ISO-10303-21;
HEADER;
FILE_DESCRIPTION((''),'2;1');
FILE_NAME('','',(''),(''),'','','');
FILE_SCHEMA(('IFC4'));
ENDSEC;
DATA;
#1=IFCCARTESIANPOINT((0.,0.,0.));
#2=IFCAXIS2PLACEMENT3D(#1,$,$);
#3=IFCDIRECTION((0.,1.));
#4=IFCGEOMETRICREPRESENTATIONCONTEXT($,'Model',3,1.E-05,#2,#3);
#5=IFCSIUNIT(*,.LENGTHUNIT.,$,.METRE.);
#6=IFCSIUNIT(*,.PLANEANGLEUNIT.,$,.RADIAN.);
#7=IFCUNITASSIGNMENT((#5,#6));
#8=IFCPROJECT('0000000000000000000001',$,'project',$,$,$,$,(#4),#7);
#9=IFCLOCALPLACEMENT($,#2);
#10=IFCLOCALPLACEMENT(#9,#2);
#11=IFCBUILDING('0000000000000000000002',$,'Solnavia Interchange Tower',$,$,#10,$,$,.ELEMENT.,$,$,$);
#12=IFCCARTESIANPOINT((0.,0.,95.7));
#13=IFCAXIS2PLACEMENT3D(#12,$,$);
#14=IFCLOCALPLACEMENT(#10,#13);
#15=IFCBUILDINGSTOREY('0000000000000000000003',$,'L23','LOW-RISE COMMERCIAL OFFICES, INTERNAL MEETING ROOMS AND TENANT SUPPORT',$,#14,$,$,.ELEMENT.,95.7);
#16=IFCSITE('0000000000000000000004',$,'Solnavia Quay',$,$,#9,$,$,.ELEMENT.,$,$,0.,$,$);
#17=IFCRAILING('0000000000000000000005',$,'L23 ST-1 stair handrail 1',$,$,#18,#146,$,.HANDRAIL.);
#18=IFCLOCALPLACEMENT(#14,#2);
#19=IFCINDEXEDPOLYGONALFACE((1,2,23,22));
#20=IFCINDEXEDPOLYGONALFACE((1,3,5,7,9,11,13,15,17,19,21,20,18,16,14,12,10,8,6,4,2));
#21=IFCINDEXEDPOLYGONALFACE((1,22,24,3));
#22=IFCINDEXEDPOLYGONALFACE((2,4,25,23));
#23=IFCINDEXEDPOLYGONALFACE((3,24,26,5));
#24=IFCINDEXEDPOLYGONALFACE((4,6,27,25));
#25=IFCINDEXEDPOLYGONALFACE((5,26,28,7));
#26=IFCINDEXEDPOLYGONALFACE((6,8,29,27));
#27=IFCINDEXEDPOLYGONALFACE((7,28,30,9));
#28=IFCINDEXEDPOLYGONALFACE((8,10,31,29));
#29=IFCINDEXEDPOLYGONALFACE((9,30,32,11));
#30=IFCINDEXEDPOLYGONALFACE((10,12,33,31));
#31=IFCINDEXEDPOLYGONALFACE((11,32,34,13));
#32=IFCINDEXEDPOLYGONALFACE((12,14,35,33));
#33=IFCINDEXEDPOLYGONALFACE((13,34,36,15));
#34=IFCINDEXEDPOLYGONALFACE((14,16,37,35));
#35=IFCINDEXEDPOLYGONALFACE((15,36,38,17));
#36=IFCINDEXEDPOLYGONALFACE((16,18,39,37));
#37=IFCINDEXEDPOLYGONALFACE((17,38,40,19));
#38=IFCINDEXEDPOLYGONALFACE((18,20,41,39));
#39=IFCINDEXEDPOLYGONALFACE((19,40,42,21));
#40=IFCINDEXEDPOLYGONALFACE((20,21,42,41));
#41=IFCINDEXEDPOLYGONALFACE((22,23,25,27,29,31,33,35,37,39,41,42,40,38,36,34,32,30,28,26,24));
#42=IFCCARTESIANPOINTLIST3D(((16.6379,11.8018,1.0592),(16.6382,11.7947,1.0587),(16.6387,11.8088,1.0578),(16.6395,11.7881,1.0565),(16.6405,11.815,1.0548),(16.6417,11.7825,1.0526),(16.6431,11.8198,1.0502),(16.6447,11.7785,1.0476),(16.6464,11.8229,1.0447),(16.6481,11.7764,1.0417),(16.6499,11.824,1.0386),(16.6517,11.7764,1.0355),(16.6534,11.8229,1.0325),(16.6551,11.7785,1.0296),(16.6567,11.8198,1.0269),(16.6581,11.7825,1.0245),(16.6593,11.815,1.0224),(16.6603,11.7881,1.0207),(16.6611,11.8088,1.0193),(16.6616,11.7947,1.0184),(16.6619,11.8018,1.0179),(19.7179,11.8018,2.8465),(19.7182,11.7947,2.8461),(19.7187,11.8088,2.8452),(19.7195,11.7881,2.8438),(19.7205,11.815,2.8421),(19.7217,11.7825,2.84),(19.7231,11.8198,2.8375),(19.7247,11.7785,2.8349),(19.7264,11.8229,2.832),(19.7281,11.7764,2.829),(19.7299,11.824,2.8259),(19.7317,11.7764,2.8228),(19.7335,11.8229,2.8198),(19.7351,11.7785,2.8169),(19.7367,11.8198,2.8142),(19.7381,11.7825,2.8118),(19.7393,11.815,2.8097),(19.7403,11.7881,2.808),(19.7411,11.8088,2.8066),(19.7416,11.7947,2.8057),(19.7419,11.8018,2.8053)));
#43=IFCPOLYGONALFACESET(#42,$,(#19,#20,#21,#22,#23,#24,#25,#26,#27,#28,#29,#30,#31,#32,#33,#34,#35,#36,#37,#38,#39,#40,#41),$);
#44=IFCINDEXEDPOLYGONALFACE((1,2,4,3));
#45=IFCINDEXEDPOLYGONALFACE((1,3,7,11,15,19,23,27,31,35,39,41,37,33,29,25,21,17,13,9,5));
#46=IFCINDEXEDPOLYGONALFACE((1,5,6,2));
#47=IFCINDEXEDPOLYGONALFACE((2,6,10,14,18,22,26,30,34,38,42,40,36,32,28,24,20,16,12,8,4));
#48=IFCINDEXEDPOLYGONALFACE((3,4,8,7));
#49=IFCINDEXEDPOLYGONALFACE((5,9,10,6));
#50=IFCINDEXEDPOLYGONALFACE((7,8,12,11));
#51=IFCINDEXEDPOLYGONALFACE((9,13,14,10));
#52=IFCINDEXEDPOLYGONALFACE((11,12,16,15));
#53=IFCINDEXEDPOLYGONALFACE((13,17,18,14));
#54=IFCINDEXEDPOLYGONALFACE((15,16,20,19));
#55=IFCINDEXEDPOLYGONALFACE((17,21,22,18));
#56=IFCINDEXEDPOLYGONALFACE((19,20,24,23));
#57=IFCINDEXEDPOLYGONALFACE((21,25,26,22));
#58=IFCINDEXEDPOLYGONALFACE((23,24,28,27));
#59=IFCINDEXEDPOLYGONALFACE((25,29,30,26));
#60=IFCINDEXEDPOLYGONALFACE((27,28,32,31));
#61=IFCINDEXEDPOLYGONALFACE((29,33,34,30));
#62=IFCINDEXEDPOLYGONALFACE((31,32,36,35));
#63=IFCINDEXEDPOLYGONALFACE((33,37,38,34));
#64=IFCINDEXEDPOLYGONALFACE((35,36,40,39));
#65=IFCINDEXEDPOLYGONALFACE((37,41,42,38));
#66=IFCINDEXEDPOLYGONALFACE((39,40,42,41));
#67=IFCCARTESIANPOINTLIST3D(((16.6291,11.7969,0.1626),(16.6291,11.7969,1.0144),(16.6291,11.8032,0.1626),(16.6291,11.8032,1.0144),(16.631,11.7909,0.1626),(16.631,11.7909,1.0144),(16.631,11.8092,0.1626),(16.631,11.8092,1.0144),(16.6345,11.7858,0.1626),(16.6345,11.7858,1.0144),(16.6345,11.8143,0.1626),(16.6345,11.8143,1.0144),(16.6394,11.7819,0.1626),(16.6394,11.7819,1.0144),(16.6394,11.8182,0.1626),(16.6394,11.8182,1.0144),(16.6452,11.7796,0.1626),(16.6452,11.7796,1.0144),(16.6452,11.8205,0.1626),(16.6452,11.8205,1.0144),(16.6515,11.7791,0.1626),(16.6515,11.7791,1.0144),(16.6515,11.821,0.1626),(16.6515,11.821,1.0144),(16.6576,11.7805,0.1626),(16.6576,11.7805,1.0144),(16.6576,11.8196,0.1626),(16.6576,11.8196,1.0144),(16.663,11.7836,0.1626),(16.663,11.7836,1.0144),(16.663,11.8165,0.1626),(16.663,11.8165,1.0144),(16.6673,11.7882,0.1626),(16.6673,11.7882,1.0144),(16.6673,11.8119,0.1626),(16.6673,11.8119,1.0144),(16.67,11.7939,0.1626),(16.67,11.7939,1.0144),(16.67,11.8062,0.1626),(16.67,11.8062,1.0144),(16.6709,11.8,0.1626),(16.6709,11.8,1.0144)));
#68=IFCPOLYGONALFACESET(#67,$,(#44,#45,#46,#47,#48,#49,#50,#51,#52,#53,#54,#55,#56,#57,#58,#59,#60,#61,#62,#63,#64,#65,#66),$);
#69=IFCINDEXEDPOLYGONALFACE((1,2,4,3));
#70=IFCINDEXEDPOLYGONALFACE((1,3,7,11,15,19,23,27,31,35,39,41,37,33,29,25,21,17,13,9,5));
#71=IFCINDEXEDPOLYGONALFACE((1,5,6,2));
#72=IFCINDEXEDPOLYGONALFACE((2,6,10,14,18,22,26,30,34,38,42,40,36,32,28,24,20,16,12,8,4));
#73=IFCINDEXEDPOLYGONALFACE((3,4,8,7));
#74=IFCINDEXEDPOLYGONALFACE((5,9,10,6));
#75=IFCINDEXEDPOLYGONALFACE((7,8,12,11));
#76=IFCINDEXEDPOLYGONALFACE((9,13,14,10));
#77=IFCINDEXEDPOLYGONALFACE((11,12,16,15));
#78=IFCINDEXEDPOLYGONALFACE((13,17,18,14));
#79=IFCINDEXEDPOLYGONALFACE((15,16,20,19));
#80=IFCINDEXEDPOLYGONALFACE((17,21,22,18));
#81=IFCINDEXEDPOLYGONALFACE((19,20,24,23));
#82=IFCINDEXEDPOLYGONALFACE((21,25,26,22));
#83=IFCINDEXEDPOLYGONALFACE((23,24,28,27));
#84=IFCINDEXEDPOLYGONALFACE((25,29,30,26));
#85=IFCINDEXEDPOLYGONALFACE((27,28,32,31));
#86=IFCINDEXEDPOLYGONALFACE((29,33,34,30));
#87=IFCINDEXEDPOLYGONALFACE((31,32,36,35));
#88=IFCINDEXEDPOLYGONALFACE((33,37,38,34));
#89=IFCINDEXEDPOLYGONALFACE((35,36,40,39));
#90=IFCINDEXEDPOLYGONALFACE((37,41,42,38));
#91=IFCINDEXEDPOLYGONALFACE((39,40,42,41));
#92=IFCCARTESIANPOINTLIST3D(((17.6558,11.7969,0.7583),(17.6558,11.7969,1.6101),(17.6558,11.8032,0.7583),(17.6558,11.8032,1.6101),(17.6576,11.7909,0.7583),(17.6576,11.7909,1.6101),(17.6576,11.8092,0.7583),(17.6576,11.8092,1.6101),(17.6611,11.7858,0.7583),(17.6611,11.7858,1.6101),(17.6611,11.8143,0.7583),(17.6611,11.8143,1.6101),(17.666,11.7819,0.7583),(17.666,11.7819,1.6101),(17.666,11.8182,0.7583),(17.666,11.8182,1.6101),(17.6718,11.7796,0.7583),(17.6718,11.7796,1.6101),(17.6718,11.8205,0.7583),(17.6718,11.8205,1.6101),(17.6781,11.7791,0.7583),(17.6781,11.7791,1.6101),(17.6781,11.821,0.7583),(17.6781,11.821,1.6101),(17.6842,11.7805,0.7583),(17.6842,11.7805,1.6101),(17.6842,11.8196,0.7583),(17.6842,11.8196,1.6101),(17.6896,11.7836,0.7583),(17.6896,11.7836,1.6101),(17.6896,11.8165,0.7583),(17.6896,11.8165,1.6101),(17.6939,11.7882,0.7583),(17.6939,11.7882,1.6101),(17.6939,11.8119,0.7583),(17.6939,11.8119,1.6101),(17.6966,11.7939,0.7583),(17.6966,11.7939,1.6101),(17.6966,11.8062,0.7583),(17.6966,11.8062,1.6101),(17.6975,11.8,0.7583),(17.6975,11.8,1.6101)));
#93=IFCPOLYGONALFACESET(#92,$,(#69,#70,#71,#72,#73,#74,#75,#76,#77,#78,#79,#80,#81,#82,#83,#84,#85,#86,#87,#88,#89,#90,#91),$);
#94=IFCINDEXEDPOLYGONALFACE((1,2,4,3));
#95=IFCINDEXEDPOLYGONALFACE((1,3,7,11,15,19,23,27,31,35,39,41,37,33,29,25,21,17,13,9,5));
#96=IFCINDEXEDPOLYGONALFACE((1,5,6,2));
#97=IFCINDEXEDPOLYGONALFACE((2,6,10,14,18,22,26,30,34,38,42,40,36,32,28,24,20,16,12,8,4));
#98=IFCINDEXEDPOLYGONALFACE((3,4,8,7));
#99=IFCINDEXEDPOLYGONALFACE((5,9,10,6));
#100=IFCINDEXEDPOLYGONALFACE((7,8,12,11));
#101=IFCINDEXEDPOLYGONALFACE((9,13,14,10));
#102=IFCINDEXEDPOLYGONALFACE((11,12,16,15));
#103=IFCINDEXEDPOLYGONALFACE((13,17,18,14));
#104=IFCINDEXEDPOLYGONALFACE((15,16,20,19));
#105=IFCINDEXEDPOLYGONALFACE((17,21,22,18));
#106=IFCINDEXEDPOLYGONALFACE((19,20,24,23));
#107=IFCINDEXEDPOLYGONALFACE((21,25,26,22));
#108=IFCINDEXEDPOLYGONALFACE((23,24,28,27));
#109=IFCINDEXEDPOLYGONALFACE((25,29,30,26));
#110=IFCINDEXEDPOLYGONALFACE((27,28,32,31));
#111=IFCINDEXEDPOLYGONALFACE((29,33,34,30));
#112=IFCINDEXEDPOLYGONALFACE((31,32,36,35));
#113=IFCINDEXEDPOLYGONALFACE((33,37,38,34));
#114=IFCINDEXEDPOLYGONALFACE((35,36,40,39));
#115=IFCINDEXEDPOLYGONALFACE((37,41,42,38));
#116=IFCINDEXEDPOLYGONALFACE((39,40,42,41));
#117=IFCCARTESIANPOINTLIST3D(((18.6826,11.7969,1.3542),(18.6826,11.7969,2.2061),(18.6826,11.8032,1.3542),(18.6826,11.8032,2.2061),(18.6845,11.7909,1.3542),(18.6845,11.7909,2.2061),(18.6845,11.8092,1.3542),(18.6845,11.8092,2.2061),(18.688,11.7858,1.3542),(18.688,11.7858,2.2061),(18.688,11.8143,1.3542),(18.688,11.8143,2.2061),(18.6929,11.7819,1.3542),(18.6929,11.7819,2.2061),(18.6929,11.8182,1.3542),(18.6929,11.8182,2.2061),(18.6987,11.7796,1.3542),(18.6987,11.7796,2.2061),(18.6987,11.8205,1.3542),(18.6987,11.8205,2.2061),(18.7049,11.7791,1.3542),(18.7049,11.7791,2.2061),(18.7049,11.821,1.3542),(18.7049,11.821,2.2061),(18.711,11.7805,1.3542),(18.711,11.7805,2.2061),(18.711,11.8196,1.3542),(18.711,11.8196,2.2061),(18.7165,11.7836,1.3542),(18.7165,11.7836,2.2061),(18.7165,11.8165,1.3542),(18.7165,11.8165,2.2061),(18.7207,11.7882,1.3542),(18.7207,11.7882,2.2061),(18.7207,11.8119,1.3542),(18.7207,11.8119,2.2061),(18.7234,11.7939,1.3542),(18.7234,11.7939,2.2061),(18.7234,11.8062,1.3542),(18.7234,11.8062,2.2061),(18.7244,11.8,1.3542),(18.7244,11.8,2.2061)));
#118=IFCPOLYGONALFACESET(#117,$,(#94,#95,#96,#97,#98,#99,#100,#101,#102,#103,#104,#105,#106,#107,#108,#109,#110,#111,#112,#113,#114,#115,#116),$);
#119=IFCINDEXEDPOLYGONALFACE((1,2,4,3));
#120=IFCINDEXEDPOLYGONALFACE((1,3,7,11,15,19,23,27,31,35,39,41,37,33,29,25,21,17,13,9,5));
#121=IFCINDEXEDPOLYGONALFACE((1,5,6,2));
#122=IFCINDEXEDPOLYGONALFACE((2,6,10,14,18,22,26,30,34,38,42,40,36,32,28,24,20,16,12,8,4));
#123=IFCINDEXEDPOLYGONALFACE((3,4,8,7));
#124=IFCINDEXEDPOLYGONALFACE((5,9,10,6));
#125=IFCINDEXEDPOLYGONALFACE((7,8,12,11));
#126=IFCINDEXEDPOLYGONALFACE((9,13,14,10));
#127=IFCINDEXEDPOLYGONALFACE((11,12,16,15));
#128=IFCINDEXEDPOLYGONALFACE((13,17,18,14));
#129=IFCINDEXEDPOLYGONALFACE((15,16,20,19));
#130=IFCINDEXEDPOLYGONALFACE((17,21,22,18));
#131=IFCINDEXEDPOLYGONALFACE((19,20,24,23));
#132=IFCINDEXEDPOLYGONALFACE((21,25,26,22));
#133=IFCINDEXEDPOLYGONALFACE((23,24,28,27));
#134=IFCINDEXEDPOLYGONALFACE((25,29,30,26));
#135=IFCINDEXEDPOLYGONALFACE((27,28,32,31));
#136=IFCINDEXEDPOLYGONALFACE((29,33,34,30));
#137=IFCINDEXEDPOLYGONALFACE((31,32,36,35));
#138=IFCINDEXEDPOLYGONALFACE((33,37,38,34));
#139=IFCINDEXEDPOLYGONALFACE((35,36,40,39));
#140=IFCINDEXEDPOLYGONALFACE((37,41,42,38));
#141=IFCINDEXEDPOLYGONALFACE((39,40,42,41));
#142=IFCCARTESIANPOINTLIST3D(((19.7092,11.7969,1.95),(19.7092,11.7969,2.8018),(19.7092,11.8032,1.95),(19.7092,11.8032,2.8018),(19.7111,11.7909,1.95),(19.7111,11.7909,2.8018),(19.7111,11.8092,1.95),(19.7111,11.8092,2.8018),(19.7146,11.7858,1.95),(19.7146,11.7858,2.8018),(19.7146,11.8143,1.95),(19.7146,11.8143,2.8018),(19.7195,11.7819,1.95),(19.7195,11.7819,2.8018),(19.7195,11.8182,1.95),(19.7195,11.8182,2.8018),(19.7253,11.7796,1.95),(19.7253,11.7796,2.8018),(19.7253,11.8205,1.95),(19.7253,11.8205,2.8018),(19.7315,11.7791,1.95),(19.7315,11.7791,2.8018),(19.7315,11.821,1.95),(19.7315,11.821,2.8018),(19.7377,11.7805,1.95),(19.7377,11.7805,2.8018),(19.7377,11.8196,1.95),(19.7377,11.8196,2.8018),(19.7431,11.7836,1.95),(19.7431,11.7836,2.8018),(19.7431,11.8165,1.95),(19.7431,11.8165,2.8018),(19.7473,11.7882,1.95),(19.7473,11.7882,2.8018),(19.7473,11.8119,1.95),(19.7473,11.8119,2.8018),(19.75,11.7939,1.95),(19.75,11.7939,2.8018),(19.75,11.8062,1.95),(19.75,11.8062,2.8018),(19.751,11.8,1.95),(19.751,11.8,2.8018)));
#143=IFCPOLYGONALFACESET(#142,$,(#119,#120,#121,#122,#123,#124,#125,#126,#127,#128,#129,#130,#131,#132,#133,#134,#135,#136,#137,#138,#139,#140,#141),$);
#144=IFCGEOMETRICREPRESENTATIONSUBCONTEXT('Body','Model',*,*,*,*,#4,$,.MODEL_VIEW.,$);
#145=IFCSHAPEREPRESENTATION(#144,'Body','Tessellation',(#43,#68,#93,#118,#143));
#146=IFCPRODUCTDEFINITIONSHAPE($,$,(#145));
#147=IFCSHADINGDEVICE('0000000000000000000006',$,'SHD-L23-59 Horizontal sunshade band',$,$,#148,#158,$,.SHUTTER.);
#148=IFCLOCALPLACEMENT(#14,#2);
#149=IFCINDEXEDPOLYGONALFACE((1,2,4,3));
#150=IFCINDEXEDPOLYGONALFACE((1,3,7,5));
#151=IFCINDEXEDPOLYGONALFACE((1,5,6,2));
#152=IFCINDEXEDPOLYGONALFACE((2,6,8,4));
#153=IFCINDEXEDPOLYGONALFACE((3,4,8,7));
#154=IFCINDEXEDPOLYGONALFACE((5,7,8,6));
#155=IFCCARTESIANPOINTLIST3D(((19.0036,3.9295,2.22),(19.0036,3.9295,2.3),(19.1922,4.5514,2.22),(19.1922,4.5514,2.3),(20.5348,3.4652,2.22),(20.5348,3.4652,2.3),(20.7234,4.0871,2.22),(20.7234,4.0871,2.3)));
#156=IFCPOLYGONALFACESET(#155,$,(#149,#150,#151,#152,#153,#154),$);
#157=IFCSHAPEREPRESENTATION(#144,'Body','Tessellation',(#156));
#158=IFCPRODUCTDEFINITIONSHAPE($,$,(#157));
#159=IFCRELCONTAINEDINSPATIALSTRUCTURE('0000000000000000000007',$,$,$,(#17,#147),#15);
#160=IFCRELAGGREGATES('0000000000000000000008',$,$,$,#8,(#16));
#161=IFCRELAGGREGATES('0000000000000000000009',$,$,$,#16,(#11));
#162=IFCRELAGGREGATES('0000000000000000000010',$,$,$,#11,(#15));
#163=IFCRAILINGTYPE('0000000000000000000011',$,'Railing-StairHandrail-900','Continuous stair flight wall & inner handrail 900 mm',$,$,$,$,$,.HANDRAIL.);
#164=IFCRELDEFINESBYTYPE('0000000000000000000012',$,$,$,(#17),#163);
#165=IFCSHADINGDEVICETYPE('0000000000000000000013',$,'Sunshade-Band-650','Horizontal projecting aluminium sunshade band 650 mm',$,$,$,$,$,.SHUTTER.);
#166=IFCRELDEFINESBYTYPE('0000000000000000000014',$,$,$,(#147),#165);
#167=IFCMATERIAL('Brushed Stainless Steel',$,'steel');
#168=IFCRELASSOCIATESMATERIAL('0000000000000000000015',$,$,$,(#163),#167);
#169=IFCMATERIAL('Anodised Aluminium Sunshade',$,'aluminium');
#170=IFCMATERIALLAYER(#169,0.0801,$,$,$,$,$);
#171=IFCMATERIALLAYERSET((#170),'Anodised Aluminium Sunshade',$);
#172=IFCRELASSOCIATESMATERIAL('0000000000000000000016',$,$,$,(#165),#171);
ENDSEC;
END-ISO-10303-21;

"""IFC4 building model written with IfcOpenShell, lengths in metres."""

from ifc_helpers import new_model, si_unit, direction, frame, origin, origin_2d, place, context, subcontext, project, spatial, rectangle, circle, extrude, material, layer, layer_set, type_object, element, save


model = new_model("IFC4")

# Units and contexts
model_context = context("Model", 3, precision=1e-05, world=origin(), true_north=direction((0.0, 1.0)))
body_context = subcontext(model_context, "Body", "Model", "MODEL_VIEW")
ifc_project = project(units=[si_unit("LENGTHUNIT", "METRE"), si_unit("PLANEANGLEUNIT", "RADIAN")], contexts=[model_context])

# Site, building, storey
site_placement = place(None, origin())
site = spatial("IfcSite", under=ifc_project, at=site_placement, Name="Solnavia Quay", CompositionType="ELEMENT", RefElevation=0.0)
building_placement = place(site_placement, origin())
building = spatial("IfcBuilding", under=site, at=building_placement, Name="Solnavia Interchange Tower", CompositionType="ELEMENT")
storey_placement = place(building_placement, frame((0.0, 0.0, 95.7)))
storey = spatial("IfcBuildingStorey", under=building, at=storey_placement, Name="L23", Description="LOW-RISE COMMERCIAL OFFICES, INTERNAL MEETING ROOMS AND TENANT SUPPORT", CompositionType="ELEMENT", Elevation=95.7)

# Railing
ifc_material_1 = material(Name="Brushed Stainless Steel", Category="steel")
railing_type_1 = type_object("IfcRailingType", Name="Railing-StairHandrail-900", Description="Continuous stair flight wall & inner handrail 900 mm", PredefinedType="HANDRAIL", material=ifc_material_1)
railing_1_placement = place(storey_placement, frame((16.6499, 11.8, 0.1626)))
element("IfcRailing", 1, at=railing_1_placement, inside=storey, type_object=railing_type_1, Name="L23 ST-1 stair handrail 1", PredefinedType="HANDRAIL", context=body_context, shape_type="SweptSolid", body=[
    extrude(circle(Radius=0.0239, at=origin_2d()), frame((0.0, 0.0, 0.876), z_axis=(0.86492, 0.0, 0.501909), x_axis=(0.0, 1.0, 0.0)), (0.0, 0.0, 1.0), 3.561),
    extrude(circle(Radius=0.021, at=origin_2d()), origin(), (0.0, 0.0, 1.0), 0.8518),
    extrude(circle(Radius=0.021, at=origin_2d()), frame((1.0266, 0.0, 0.5957)), (0.0, 0.0, 1.0), 0.8518),
    extrude(circle(Radius=0.021, at=origin_2d()), frame((2.0535, 0.0, 1.1917)), (0.0, 0.0, 1.0), 0.8518),
    extrude(circle(Radius=0.021, at=origin_2d()), frame((3.0801, 0.0, 1.7874)), (0.0, 0.0, 1.0), 0.8518),
])

# Shading device
ifc_material_2 = material(Name="Anodised Aluminium Sunshade", Category="aluminium")
ifc_layer_1 = layer(ifc_material_2, 0.0801)
ifc_layer_set_1 = layer_set([ifc_layer_1], Name="Anodised Aluminium Sunshade")
shading_device_type = type_object("IfcShadingDeviceType", Name="Sunshade-Band-650", Description="Horizontal projecting aluminium sunshade band 650 mm", PredefinedType="SHUTTER", material=ifc_layer_set_1)
shading_device_placement = place(storey_placement, frame((19.8635, 4.0083, 2.22), z_axis=(0.0, 0.0, 1.0), x_axis=(-0.956966, 0.290201, 0.0)))
element("IfcShadingDevice", 2, at=shading_device_placement, inside=storey, type_object=shading_device_type, Name="SHD-L23-59 Horizontal sunshade band", PredefinedType="SHUTTER", context=body_context, shape_type="SweptSolid", body=[
    extrude(rectangle(XDim=1.6001, YDim=0.6499, at=origin_2d()), origin(), (0.0, 0.0, 1.0), 0.0801),
])

save(model, "model.ifc")
